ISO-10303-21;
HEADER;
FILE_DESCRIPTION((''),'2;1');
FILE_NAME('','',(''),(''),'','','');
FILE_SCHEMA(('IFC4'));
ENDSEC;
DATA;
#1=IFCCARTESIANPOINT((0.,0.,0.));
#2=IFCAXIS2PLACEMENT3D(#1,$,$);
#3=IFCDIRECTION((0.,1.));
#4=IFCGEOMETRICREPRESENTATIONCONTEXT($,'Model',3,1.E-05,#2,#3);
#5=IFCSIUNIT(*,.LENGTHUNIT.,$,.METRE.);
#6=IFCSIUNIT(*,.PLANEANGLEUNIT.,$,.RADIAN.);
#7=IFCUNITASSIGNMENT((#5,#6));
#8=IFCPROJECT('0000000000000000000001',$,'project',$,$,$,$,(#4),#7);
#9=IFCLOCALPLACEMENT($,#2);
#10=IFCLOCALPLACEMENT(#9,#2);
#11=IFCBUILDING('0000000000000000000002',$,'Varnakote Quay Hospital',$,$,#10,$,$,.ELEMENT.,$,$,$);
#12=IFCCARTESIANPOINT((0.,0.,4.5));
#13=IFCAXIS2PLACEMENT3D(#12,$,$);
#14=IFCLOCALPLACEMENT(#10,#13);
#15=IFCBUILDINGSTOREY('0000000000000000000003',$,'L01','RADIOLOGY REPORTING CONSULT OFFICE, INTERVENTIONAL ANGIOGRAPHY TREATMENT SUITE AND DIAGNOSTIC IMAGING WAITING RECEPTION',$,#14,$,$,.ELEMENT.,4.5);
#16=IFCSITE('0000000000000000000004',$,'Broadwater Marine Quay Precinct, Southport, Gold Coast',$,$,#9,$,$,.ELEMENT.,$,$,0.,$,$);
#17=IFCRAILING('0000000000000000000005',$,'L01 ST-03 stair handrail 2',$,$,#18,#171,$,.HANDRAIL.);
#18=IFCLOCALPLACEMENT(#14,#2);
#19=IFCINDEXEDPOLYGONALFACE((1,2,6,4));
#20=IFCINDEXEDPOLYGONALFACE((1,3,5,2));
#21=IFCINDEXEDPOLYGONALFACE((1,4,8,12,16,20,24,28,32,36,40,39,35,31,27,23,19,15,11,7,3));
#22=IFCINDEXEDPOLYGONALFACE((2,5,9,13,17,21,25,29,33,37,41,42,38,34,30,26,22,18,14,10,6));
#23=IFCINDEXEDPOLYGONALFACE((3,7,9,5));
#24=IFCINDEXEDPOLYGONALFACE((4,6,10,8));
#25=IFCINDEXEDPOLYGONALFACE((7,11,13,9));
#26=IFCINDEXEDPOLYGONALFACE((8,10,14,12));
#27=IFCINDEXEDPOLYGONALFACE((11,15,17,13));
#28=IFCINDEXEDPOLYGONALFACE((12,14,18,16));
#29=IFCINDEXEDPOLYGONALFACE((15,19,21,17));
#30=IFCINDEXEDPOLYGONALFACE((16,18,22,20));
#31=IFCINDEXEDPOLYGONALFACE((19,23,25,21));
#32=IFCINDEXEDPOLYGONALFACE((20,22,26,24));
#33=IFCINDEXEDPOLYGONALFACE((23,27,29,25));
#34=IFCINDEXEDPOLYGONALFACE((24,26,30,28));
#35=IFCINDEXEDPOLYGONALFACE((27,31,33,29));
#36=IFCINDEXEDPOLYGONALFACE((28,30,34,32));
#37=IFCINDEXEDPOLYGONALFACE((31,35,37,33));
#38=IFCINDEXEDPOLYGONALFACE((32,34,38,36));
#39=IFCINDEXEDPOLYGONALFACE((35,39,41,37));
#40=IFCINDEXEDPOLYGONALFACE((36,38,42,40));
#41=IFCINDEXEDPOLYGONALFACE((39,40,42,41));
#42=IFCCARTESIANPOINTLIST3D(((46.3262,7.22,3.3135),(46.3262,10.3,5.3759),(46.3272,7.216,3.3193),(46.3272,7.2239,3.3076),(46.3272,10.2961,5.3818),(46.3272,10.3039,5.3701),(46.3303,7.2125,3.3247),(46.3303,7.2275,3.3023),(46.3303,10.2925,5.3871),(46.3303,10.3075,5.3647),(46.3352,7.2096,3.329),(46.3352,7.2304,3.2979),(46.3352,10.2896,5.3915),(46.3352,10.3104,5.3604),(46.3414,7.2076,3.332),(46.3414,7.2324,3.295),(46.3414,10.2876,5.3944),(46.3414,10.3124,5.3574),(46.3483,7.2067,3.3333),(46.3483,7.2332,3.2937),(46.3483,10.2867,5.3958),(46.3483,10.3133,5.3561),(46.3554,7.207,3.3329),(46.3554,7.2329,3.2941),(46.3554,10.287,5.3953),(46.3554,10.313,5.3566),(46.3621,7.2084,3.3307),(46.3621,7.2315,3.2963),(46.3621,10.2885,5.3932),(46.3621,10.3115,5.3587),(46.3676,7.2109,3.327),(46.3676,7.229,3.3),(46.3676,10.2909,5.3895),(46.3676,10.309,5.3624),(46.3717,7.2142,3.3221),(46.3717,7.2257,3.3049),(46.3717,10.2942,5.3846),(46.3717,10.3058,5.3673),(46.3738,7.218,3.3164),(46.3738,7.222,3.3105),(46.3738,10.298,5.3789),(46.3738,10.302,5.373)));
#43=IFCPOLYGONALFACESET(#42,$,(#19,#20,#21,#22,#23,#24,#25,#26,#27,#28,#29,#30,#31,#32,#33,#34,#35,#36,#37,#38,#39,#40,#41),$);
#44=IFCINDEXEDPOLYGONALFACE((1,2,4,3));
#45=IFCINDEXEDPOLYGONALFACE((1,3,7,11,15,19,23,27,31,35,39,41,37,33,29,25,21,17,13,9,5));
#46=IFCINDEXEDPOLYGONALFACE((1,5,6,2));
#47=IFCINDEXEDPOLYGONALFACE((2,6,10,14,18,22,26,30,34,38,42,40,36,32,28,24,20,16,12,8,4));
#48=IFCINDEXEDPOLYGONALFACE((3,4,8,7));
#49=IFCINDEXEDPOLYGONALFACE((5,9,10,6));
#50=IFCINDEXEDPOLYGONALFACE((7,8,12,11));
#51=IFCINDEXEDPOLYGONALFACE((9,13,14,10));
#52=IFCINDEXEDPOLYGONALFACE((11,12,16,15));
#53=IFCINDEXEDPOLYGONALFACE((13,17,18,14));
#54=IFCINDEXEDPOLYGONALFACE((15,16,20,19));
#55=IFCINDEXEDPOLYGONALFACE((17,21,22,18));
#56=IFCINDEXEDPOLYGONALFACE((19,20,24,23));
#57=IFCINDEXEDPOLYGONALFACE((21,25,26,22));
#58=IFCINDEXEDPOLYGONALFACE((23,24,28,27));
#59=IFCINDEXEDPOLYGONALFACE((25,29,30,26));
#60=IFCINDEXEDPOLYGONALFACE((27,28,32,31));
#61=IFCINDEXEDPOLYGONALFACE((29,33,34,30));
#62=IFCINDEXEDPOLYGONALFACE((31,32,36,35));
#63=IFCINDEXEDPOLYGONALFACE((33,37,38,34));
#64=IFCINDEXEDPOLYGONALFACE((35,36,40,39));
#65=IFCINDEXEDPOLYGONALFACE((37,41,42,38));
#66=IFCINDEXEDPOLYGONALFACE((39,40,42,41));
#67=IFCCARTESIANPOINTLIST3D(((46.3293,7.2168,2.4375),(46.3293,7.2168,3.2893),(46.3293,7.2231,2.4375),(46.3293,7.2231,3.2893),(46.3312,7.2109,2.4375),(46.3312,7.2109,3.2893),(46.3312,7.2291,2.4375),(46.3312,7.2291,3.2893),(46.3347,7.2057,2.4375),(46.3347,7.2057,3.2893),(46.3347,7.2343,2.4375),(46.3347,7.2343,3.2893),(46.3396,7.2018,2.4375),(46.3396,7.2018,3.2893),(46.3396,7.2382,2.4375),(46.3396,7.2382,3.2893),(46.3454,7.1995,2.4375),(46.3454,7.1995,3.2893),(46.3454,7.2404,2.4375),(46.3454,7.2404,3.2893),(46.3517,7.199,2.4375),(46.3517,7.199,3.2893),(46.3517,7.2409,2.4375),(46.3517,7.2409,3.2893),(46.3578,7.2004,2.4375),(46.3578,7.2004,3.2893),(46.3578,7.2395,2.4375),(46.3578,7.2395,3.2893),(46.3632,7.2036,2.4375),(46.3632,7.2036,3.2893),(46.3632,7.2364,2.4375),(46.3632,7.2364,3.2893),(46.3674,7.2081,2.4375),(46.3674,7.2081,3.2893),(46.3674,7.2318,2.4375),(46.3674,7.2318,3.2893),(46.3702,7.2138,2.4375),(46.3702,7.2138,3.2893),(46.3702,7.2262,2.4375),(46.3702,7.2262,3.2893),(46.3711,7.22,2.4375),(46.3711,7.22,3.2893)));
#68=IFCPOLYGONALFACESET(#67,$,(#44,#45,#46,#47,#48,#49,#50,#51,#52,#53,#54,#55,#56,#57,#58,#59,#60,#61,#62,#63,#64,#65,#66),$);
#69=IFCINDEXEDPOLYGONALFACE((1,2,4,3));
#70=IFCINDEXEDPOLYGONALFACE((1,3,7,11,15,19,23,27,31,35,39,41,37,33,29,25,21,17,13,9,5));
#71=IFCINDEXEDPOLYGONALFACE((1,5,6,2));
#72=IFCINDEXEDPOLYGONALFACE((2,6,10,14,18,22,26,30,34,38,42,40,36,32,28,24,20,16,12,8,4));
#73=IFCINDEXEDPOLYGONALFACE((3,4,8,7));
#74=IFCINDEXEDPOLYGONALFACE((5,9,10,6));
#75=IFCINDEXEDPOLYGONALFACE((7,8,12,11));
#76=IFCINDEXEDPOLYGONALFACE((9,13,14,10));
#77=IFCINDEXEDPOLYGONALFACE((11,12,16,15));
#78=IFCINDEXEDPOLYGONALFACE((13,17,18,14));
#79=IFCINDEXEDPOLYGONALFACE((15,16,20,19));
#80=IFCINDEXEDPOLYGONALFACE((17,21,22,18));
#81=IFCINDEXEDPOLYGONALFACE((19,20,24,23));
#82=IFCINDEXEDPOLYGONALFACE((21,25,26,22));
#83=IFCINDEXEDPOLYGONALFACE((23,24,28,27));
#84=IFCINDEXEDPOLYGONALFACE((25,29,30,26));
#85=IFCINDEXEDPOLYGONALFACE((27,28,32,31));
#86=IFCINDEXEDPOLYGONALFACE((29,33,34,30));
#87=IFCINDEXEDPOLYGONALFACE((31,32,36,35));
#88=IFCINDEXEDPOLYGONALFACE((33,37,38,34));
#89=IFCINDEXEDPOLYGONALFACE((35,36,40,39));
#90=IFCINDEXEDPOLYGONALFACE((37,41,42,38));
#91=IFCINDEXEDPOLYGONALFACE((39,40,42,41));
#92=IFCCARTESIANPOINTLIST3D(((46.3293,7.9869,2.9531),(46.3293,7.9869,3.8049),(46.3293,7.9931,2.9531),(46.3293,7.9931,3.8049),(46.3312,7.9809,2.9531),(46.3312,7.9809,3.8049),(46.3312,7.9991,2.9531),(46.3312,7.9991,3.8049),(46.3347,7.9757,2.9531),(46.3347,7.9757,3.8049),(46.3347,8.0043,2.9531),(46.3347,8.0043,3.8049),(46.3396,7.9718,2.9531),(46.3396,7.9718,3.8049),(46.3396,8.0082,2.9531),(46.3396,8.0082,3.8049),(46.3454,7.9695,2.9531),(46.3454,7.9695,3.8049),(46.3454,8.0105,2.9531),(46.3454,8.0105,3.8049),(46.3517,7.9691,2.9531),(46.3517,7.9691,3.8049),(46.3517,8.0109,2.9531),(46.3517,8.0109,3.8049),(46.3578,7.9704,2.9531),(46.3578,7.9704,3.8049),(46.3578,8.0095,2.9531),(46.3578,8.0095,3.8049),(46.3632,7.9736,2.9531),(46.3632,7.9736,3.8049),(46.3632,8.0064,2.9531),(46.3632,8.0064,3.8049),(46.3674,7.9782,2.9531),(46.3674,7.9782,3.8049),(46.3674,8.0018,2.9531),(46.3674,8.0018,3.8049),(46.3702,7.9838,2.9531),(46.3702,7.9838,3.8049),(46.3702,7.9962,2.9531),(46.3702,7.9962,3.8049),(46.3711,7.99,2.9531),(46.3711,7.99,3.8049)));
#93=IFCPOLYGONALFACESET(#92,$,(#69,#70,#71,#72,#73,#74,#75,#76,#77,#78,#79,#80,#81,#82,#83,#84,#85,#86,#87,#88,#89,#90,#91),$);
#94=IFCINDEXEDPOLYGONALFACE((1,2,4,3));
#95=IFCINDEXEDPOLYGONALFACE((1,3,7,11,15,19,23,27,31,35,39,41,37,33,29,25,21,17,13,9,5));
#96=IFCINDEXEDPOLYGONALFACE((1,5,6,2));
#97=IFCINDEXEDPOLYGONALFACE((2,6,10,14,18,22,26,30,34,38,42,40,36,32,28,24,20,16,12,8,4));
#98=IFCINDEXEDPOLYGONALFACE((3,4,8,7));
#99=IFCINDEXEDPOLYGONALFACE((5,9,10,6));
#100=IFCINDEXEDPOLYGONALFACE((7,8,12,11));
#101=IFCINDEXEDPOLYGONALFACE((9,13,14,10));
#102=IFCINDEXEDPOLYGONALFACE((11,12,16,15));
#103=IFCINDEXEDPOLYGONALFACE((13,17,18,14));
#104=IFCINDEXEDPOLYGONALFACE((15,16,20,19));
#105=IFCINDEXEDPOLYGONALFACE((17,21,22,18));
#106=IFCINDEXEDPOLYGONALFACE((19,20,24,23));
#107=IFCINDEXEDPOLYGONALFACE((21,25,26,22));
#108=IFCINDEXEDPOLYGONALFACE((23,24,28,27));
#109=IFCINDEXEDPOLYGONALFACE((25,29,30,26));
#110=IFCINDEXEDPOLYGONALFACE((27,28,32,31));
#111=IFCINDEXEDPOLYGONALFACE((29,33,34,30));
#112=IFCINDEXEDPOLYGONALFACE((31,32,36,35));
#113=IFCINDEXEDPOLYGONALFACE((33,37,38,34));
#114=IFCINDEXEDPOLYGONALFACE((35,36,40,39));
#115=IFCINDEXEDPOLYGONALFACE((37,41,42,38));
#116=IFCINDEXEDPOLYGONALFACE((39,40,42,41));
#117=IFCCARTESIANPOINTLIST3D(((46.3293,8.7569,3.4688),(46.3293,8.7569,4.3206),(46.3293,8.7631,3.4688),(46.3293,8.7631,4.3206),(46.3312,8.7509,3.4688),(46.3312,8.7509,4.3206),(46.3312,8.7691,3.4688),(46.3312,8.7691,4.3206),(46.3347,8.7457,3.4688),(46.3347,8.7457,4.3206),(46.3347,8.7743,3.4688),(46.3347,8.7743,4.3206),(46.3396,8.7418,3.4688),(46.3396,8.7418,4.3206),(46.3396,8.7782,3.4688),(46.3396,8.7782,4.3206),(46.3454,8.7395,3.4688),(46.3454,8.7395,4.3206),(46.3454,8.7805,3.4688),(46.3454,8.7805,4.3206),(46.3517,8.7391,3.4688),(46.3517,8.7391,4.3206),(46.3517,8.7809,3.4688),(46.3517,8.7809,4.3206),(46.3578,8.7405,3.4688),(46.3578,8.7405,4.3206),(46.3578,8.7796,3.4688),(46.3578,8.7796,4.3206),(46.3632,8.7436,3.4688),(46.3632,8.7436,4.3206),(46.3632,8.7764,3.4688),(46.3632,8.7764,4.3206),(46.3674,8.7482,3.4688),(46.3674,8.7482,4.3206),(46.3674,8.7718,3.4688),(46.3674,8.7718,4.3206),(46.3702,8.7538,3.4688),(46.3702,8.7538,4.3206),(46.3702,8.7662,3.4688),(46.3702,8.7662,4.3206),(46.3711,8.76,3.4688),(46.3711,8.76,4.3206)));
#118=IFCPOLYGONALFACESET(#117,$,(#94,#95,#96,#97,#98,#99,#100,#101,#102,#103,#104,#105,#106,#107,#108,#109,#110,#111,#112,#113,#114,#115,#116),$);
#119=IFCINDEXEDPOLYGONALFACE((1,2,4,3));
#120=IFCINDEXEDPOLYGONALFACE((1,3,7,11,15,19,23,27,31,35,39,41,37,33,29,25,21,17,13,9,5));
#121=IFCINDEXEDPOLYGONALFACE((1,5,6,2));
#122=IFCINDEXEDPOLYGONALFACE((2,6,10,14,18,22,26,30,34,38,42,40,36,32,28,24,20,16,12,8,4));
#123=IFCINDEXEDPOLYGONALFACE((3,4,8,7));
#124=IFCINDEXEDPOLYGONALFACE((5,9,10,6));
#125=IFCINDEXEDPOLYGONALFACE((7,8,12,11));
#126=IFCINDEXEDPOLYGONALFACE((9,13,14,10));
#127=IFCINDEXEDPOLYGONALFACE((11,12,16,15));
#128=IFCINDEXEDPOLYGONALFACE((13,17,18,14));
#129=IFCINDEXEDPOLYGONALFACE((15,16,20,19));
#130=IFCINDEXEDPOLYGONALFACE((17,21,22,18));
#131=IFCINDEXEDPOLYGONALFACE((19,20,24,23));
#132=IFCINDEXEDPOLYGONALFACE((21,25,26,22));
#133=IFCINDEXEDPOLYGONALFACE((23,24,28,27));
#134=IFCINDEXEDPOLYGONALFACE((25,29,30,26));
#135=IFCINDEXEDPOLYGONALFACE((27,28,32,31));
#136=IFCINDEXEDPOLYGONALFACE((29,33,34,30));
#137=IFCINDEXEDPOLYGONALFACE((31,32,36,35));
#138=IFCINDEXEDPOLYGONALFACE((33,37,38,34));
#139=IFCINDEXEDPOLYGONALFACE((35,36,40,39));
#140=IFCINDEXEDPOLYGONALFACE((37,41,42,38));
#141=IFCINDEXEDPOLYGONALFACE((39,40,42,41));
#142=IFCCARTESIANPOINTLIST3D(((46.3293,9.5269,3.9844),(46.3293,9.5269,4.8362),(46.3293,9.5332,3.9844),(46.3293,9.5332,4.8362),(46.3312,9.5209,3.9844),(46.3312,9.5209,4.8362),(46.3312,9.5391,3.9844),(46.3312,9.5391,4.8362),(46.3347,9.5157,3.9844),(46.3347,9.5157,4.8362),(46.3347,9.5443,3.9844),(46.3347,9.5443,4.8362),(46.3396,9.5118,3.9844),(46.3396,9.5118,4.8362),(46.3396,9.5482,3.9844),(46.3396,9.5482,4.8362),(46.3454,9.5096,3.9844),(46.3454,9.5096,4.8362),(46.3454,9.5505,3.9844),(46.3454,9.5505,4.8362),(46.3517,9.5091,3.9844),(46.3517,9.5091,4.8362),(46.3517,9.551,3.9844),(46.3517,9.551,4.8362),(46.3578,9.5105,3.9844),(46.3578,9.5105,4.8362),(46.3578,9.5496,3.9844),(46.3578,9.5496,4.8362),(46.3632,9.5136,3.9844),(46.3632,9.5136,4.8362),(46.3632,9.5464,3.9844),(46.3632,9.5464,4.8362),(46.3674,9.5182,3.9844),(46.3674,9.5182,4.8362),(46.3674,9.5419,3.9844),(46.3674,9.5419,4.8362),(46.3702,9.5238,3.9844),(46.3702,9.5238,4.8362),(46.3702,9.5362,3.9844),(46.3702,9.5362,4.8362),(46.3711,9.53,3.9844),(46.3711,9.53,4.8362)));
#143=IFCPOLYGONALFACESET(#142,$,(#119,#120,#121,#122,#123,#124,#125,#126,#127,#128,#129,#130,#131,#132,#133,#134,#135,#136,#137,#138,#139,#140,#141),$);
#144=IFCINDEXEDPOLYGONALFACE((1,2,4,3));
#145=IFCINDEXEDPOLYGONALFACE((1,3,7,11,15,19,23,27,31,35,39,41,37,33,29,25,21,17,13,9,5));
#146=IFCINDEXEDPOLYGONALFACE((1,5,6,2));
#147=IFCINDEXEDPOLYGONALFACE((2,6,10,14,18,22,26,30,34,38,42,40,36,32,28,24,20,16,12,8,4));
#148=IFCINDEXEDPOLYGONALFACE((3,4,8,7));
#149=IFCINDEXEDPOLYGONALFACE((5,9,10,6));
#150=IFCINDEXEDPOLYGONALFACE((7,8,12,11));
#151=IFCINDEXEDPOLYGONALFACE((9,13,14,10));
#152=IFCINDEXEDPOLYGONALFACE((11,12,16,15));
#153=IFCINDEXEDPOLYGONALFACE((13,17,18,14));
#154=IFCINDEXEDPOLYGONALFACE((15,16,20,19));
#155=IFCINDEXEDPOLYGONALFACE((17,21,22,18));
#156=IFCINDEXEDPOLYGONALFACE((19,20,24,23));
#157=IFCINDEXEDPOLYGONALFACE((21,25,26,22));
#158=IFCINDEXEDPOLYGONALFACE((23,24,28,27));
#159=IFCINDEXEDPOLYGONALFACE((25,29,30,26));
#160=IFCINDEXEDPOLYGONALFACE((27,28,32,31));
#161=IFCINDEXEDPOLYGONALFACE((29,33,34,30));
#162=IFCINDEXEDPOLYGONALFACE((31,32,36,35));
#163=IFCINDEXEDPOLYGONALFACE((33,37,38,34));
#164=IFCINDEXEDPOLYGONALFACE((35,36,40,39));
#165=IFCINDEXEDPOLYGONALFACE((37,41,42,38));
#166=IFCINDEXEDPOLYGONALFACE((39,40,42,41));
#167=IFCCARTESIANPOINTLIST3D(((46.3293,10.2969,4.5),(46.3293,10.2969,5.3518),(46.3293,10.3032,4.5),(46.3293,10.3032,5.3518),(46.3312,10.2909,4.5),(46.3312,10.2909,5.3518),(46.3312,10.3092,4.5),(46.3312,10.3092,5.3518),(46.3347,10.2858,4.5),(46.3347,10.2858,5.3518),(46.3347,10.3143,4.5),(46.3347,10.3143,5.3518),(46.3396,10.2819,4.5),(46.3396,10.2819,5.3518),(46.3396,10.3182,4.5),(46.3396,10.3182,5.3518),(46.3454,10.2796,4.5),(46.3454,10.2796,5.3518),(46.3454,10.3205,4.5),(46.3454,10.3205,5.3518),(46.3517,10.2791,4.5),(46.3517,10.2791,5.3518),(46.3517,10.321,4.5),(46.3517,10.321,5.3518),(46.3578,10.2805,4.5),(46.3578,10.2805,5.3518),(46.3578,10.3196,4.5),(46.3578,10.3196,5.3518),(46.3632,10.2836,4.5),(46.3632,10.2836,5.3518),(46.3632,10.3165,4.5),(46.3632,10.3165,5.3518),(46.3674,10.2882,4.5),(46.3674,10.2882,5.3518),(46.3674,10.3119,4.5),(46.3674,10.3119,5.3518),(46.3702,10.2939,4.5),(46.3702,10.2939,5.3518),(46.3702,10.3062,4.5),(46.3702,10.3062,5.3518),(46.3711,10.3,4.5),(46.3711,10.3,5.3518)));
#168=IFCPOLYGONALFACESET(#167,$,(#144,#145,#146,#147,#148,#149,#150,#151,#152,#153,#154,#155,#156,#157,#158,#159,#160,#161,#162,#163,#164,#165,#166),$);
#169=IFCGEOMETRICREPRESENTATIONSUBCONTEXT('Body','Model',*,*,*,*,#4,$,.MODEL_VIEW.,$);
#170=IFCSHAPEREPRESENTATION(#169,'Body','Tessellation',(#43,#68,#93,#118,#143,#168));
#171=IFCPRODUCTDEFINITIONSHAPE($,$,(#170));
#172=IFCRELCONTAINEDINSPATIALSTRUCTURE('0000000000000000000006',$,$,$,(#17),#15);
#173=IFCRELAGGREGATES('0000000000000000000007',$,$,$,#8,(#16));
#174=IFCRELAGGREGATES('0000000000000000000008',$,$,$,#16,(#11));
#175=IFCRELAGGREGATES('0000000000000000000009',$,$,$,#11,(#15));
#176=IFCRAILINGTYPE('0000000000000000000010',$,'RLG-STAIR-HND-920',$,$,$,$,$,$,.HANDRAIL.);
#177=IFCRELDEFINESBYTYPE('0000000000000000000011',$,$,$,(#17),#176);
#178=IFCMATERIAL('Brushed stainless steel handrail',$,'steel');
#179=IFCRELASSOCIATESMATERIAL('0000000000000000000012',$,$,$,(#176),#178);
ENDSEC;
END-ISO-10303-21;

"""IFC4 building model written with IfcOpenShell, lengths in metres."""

from ifc_helpers import new_model, si_unit, direction, frame, origin, origin_2d, place, context, subcontext, project, spatial, circle, extrude, material, type_object, element, save


model = new_model("IFC4")

# Units and contexts
model_context = context("Model", 3, precision=1e-05, world=origin(), true_north=direction((0.0, 1.0)))
body_context = subcontext(model_context, "Body", "Model", "MODEL_VIEW")
ifc_project = project(units=[si_unit("LENGTHUNIT", "METRE"), si_unit("PLANEANGLEUNIT", "RADIAN")], contexts=[model_context])

# Site, building, storey
site_placement = place(None, origin())
site = spatial("IfcSite", under=ifc_project, at=site_placement, Name="Broadwater Marine Quay Precinct, Southport, Gold Coast", CompositionType="ELEMENT", RefElevation=0.0)
building_placement = place(site_placement, origin())
building = spatial("IfcBuilding", under=site, at=building_placement, Name="Varnakote Quay Hospital", CompositionType="ELEMENT")
storey_placement = place(building_placement, frame((0.0, 0.0, 4.5)))
storey = spatial("IfcBuildingStorey", under=building, at=storey_placement, Name="L01", Description="RADIOLOGY REPORTING CONSULT OFFICE, INTERVENTIONAL ANGIOGRAPHY TREATMENT SUITE AND DIAGNOSTIC IMAGING WAITING RECEPTION", CompositionType="ELEMENT", Elevation=4.5)

# Railing
ifc_material_1 = material(Name="Brushed stainless steel handrail", Category="steel")
railing_type_1 = type_object("IfcRailingType", Name="RLG-STAIR-HND-920", PredefinedType="HANDRAIL", material=ifc_material_1)
railing_1_placement = place(storey_placement, frame((46.3501, 7.22, 2.4375)))
element("IfcRailing", 1, at=railing_1_placement, inside=storey, type_object=railing_type_1, Name="L01 ST-03 stair handrail 2", PredefinedType="HANDRAIL", context=body_context, shape_type="SweptSolid", body=[
    extrude(circle(Radius=0.0239, at=origin_2d()), frame((0.0, 0.0, 0.876), z_axis=(0.0, 0.830914, 0.556401), x_axis=(-1.0, 0.0, 0.0)), (0.0, 0.0, 1.0), 3.7068),
    extrude(circle(Radius=0.021, at=origin_2d()), origin(), (0.0, 0.0, 1.0), 0.8518),
    extrude(circle(Radius=0.021, at=origin_2d()), frame((0.0, 0.77, 0.5156)), (0.0, 0.0, 1.0), 0.8518),
    extrude(circle(Radius=0.021, at=origin_2d()), frame((0.0, 1.54, 1.0312)), (0.0, 0.0, 1.0), 0.8518),
    extrude(circle(Radius=0.021, at=origin_2d()), frame((0.0, 2.3101, 1.5469)), (0.0, 0.0, 1.0), 0.8518),
    extrude(circle(Radius=0.021, at=origin_2d()), frame((0.0, 3.0801, 2.0625)), (0.0, 0.0, 1.0), 0.8518),
])

save(model, "model.ifc")
